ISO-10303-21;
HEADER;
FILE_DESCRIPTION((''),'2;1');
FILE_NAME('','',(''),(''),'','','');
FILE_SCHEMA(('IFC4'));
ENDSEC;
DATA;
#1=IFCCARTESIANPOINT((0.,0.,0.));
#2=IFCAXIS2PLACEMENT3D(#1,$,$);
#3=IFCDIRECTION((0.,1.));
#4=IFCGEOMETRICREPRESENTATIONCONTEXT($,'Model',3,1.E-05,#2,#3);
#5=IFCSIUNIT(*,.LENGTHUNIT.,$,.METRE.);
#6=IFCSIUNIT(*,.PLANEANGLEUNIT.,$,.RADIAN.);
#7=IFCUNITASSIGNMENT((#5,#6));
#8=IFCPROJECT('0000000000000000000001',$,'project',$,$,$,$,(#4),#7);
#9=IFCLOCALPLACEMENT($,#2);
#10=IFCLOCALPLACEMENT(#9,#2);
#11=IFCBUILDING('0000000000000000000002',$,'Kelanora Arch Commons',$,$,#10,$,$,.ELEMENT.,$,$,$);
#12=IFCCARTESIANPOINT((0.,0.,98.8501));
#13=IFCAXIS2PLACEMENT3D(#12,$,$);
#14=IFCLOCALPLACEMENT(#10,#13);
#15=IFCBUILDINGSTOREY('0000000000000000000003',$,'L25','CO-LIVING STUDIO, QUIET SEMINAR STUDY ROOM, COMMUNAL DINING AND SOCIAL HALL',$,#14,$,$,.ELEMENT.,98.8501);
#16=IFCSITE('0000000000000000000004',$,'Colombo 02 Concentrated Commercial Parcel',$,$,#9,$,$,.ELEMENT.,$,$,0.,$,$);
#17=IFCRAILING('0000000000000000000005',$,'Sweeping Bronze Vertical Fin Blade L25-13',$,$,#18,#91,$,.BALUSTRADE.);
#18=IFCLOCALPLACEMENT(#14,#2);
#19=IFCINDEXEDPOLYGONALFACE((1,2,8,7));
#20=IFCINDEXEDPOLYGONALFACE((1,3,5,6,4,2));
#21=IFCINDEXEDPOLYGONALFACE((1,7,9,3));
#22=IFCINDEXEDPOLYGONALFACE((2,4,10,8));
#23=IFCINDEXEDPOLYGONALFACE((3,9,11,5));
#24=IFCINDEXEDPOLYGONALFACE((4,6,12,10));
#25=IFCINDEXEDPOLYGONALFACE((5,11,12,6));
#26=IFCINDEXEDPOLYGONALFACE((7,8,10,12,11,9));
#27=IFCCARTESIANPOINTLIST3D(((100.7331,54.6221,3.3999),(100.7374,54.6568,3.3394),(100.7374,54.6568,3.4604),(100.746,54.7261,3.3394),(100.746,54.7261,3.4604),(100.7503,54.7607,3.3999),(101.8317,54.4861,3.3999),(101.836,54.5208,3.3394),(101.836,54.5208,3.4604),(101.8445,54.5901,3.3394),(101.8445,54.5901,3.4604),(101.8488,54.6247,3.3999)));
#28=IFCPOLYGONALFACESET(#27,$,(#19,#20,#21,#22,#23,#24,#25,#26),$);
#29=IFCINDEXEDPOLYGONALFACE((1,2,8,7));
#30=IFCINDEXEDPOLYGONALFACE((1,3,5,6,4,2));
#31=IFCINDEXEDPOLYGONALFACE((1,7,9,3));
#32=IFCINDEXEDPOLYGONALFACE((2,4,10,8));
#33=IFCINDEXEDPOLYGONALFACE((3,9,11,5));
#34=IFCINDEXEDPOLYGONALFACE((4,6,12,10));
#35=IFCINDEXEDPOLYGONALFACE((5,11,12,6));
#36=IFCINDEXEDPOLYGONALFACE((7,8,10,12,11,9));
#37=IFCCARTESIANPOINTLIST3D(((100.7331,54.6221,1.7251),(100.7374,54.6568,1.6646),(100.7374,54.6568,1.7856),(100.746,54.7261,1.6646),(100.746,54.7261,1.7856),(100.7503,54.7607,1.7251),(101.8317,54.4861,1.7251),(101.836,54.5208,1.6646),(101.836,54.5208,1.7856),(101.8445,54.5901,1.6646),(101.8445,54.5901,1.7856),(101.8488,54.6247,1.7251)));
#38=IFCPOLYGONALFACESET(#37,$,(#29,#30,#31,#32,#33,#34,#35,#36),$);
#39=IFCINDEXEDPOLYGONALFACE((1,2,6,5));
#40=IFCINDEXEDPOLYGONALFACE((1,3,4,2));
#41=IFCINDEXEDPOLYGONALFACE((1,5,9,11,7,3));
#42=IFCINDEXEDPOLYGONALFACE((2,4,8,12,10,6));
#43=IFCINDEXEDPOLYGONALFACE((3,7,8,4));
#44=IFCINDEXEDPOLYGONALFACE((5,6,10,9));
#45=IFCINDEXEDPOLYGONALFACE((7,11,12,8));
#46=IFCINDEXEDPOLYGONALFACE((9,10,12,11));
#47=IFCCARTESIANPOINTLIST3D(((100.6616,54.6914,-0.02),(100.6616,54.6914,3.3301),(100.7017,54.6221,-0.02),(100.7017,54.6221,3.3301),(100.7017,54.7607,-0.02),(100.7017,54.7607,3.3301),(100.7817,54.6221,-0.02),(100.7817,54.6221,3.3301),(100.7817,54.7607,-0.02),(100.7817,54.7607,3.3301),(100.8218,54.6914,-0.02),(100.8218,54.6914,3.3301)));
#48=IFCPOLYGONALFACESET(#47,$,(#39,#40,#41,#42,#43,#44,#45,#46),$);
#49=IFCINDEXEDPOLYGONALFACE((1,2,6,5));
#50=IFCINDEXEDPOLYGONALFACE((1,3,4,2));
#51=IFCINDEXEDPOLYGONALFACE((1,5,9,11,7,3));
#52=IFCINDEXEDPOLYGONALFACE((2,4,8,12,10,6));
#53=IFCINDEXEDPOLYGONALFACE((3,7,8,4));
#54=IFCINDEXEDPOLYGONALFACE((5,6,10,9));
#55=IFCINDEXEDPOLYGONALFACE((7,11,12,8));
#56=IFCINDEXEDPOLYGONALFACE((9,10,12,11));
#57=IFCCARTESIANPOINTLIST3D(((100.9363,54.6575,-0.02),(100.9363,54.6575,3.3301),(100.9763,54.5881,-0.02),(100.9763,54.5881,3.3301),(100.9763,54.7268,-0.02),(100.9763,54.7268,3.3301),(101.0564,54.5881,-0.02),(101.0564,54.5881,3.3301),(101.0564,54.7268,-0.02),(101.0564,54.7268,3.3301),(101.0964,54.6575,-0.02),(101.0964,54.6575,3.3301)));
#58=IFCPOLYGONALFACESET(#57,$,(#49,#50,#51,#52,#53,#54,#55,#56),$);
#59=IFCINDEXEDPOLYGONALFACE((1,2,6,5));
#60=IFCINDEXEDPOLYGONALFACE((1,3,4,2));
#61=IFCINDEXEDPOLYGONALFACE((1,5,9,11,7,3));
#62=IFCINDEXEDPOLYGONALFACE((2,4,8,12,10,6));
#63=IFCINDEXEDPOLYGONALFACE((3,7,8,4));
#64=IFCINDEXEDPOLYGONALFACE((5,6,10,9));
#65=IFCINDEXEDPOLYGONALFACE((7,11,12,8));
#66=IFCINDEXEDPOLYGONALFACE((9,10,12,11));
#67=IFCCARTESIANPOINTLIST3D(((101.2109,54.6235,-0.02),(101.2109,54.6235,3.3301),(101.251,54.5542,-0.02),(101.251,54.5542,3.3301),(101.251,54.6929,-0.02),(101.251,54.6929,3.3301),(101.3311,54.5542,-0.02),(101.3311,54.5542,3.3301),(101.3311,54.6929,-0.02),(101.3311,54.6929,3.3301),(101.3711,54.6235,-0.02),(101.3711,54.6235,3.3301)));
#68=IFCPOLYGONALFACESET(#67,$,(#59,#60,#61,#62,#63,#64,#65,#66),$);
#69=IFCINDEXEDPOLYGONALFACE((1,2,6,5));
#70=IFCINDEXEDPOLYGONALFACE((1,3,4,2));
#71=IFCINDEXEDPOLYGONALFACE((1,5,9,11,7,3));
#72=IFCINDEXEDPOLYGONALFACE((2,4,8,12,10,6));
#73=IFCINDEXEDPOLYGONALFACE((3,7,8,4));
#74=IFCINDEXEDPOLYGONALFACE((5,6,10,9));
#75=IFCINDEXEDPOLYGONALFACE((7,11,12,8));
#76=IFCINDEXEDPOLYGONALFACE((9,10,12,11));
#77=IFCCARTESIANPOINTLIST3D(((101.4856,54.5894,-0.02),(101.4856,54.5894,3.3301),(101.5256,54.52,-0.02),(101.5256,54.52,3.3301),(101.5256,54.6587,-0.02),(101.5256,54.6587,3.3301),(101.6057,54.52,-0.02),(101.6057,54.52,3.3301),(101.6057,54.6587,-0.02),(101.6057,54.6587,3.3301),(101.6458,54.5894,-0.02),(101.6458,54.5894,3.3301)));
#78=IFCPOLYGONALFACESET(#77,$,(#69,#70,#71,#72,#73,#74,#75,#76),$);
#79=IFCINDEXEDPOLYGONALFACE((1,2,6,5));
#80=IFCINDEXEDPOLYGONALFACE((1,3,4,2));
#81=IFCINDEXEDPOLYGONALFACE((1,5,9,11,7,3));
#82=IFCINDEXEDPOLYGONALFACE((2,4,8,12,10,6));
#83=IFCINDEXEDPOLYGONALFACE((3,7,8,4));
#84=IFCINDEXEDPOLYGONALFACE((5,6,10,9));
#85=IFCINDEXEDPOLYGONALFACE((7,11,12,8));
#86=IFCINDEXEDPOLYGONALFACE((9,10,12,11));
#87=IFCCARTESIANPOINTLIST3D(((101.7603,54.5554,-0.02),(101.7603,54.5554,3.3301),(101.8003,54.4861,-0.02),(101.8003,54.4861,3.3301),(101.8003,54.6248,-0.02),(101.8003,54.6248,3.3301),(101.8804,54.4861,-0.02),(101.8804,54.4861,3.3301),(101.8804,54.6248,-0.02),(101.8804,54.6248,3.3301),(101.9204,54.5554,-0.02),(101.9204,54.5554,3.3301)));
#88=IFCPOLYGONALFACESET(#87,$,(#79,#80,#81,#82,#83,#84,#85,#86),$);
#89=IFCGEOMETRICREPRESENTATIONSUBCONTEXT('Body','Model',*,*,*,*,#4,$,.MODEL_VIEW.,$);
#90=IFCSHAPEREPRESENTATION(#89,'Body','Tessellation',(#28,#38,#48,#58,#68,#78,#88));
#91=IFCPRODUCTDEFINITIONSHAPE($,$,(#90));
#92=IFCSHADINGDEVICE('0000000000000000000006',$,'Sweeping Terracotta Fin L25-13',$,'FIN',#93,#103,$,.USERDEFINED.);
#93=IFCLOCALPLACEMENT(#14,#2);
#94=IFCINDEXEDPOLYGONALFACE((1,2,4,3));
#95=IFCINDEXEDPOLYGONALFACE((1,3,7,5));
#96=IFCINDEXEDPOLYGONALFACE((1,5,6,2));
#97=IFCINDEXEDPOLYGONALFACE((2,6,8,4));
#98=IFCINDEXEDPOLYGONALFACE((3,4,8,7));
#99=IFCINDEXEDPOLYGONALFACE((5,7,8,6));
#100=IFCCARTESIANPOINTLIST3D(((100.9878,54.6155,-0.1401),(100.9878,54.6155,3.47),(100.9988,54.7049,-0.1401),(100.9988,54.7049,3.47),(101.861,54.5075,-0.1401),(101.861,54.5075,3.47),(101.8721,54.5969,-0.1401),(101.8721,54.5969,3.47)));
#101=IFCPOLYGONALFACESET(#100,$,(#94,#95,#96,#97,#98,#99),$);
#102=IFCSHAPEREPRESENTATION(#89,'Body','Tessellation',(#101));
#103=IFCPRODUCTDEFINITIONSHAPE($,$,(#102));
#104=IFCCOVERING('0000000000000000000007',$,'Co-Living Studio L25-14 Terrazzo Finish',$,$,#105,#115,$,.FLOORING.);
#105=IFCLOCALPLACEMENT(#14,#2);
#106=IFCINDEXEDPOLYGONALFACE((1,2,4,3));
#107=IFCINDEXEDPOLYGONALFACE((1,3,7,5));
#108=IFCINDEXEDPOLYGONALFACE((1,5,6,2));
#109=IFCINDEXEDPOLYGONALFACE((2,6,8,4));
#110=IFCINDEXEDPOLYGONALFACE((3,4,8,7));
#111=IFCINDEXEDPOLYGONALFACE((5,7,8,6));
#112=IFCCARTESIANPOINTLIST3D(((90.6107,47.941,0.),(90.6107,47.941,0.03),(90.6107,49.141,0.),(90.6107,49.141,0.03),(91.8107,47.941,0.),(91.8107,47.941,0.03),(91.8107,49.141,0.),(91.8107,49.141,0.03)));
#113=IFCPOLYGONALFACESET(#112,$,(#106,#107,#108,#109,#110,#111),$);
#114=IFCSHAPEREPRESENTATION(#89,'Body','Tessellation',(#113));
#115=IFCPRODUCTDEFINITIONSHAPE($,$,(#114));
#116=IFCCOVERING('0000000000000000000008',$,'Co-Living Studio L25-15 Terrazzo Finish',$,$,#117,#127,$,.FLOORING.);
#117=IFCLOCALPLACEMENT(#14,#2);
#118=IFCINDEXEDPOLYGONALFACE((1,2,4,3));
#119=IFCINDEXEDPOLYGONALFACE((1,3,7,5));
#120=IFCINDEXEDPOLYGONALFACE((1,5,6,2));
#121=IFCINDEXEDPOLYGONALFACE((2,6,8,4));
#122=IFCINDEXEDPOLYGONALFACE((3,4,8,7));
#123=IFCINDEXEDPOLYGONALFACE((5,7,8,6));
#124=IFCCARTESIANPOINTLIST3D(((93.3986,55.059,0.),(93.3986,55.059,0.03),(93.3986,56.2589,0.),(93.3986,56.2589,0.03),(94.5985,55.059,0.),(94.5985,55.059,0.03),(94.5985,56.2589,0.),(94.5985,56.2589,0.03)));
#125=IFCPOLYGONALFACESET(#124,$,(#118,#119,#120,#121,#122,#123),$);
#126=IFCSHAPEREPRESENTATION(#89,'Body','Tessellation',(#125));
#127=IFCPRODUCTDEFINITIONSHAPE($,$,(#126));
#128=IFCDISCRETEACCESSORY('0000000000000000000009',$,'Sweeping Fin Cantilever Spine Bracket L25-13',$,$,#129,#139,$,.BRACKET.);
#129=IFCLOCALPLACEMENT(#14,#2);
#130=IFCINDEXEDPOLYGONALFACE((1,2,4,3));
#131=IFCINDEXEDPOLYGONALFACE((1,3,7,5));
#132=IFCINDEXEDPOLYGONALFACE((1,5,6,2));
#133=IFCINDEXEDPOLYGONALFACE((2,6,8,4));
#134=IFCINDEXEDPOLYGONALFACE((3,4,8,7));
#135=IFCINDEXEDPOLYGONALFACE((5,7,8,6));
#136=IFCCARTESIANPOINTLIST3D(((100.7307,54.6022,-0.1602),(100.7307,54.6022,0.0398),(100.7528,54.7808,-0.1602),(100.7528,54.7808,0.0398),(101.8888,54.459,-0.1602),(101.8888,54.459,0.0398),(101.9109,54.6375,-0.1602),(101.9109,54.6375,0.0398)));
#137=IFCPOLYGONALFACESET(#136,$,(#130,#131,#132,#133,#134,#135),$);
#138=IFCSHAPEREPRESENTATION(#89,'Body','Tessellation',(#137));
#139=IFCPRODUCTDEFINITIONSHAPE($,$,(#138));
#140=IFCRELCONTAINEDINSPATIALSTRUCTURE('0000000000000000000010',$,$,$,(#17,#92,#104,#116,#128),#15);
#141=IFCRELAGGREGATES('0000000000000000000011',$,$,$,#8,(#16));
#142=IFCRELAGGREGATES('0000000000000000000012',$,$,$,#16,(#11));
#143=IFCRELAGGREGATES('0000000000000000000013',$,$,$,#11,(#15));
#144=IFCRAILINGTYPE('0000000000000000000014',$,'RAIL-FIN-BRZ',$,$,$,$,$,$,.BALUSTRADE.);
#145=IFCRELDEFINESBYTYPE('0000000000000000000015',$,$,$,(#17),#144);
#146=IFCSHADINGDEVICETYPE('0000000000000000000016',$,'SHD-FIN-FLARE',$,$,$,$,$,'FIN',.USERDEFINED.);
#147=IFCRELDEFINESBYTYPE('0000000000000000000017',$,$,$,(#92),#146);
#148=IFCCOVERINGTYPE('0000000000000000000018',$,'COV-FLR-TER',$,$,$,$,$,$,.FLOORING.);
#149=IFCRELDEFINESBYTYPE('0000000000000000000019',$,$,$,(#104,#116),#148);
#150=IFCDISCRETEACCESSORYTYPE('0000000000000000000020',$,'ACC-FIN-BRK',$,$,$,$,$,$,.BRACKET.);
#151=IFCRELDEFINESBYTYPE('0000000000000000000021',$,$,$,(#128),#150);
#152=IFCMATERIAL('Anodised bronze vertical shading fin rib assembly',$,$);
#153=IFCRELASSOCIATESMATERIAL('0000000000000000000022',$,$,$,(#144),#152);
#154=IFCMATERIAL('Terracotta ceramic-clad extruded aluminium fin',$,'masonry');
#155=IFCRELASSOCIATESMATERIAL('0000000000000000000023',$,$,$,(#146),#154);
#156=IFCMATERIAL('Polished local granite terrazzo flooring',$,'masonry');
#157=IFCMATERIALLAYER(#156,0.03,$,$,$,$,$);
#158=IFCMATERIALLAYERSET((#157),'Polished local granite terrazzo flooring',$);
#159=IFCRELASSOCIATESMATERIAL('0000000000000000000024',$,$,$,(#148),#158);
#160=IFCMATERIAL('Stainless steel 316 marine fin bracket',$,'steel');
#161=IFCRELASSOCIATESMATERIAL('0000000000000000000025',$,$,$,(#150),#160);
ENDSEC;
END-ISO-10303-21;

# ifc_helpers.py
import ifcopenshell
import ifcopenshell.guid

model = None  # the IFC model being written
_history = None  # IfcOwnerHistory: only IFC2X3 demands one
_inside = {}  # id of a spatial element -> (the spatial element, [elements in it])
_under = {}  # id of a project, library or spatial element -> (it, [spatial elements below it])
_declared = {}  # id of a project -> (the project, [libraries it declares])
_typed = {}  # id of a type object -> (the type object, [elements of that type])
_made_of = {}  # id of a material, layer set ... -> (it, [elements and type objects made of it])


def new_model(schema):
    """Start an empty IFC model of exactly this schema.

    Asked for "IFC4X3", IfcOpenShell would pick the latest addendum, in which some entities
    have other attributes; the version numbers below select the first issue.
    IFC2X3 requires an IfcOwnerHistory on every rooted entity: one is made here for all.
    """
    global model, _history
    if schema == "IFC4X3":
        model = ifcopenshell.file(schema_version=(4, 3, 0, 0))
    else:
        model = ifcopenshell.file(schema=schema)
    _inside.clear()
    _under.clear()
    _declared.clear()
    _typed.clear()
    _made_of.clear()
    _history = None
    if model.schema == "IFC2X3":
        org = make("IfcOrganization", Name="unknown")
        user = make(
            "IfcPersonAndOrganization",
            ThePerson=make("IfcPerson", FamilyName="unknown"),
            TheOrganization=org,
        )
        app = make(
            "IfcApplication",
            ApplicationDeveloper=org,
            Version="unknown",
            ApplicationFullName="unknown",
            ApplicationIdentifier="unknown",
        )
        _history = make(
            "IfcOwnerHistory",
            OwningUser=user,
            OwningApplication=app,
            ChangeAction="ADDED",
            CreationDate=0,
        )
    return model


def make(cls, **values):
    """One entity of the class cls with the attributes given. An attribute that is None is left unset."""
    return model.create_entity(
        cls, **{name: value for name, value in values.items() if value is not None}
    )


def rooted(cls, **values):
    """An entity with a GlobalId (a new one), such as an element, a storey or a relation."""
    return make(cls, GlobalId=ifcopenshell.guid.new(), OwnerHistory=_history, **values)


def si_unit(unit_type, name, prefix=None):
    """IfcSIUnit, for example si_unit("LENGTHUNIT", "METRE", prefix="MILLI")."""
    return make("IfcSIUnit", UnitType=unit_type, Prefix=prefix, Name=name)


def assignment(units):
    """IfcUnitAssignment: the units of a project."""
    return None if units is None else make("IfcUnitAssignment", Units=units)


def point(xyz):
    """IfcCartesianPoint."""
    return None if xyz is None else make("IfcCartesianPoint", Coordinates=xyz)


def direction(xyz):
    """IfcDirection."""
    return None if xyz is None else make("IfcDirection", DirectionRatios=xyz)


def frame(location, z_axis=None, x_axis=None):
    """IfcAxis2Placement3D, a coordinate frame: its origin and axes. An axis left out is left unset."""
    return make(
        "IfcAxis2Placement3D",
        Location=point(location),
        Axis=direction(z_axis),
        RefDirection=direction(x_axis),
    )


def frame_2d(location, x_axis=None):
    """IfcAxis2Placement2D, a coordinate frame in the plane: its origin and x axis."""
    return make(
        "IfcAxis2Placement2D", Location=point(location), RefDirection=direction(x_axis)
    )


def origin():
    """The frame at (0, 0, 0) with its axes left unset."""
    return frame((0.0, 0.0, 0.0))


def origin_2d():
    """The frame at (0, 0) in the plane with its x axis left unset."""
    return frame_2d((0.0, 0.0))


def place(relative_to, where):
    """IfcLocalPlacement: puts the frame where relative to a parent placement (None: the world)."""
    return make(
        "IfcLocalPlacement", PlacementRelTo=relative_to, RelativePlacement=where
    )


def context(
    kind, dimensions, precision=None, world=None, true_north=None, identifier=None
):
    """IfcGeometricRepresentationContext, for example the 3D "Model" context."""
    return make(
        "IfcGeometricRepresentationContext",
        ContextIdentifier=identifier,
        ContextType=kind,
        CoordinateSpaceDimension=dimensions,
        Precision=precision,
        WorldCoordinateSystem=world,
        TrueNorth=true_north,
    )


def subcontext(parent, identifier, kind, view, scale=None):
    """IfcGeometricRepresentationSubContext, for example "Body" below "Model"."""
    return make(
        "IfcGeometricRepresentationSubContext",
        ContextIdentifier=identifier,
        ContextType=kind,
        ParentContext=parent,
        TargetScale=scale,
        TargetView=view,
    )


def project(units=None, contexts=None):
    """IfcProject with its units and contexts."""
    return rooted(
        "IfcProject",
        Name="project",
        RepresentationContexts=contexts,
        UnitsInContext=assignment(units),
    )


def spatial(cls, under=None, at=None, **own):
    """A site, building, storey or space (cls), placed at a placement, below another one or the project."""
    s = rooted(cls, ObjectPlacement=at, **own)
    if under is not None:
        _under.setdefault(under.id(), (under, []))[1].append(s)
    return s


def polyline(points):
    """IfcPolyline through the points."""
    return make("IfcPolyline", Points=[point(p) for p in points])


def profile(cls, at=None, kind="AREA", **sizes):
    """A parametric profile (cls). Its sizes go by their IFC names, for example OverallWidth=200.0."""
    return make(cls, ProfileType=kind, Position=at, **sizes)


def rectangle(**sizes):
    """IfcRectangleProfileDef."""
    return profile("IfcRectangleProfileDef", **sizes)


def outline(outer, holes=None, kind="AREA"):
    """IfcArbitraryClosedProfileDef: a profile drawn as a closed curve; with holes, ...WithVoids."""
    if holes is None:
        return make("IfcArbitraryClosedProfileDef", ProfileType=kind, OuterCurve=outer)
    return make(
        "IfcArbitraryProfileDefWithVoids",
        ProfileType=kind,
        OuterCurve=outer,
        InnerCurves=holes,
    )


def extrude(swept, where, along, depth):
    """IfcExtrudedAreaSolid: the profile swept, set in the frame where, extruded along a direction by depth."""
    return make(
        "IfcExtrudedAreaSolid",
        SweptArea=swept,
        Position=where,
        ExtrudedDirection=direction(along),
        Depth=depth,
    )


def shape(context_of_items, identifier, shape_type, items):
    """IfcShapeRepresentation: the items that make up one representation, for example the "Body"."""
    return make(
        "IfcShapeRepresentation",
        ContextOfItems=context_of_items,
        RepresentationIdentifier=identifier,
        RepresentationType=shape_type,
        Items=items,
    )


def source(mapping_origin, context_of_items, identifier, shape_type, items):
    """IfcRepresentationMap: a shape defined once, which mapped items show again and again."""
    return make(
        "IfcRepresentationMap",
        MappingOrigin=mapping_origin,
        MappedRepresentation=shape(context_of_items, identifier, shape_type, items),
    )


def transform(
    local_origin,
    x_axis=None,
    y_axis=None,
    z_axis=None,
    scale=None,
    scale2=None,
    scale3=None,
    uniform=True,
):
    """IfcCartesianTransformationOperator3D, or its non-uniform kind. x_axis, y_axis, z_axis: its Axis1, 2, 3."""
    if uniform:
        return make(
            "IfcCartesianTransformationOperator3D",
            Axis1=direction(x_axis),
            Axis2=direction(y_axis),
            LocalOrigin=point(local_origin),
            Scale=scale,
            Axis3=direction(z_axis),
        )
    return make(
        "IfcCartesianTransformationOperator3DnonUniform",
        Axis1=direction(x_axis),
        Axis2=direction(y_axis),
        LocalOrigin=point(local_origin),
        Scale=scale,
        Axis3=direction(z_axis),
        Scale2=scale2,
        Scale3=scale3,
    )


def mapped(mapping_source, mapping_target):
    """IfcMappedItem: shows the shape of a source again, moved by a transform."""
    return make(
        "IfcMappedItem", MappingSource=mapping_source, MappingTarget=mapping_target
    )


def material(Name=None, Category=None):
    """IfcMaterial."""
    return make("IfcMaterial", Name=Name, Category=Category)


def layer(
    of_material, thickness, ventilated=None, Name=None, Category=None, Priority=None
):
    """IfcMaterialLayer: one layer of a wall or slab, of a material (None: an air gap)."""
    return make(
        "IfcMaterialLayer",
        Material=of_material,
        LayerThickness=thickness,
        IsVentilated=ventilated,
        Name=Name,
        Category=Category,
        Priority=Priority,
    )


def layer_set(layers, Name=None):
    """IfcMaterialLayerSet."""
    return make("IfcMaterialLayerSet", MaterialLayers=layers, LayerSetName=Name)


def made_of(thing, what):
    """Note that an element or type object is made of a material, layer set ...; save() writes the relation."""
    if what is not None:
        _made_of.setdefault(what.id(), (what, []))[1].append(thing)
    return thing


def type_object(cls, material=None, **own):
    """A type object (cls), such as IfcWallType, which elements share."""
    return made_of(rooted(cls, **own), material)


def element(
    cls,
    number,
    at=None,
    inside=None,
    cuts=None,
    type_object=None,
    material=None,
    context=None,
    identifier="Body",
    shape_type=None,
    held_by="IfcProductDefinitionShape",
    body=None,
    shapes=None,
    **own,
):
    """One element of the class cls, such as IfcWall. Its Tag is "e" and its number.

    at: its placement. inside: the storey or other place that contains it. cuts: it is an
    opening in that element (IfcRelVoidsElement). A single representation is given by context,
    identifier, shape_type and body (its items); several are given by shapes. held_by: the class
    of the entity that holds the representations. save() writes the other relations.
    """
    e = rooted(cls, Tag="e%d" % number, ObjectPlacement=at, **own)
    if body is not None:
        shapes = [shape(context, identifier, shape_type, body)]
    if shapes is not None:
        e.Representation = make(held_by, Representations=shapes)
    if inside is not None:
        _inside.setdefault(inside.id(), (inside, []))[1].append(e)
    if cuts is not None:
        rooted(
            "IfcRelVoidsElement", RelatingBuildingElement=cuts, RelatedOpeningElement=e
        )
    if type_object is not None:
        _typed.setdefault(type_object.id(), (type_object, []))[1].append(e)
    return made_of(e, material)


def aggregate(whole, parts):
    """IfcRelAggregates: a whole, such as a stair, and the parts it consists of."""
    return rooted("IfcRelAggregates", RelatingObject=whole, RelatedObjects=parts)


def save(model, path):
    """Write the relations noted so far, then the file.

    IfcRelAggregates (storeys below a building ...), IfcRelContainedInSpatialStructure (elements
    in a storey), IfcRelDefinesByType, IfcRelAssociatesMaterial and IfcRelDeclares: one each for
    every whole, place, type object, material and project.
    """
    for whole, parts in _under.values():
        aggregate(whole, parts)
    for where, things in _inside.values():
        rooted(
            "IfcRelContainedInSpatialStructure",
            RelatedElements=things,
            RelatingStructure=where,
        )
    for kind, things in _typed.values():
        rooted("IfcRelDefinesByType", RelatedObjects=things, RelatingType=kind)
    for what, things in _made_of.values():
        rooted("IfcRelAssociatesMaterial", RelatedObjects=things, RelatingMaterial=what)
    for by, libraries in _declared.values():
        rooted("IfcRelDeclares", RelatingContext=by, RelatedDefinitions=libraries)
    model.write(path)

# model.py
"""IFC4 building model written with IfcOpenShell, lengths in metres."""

from ifc_helpers import new_model, si_unit, direction, frame, origin, origin_2d, place, context, subcontext, project, spatial, polyline, rectangle, outline, extrude, source, transform, mapped, material, layer, layer_set, type_object, element, save


model = new_model("IFC4")

# Units and contexts
model_context = context("Model", 3, precision=1e-05, world=origin(), true_north=direction((0.0, 1.0)))
body_context = subcontext(model_context, "Body", "Model", "MODEL_VIEW")
ifc_project = project(units=[si_unit("LENGTHUNIT", "METRE"), si_unit("PLANEANGLEUNIT", "RADIAN")], contexts=[model_context])

# Site, building, storey
site_placement = place(None, origin())
site = spatial("IfcSite", under=ifc_project, at=site_placement, Name="Colombo 02 Concentrated Commercial Parcel", CompositionType="ELEMENT", RefElevation=0.0)
building_placement = place(site_placement, origin())
building = spatial("IfcBuilding", under=site, at=building_placement, Name="Kelanora Arch Commons", CompositionType="ELEMENT")
storey_placement = place(building_placement, frame((0.0, 0.0, 98.8501)))
storey = spatial("IfcBuildingStorey", under=building, at=storey_placement, Name="L25", Description="CO-LIVING STUDIO, QUIET SEMINAR STUDY ROOM, COMMUNAL DINING AND SOCIAL HALL", CompositionType="ELEMENT", Elevation=98.8501)

# Railing
ifc_material_1 = material(Name="Anodised bronze vertical shading fin rib assembly")
railing_type = type_object("IfcRailingType", Name="RAIL-FIN-BRZ", PredefinedType="BALUSTRADE", material=ifc_material_1)
railing_placement = place(storey_placement, frame((100.7417, 54.6914, -0.02)))
element("IfcRailing", 1, at=railing_placement, inside=storey, type_object=railing_type, Name="Sweeping Bronze Vertical Fin Blade L25-13", PredefinedType="BALUSTRADE", context=body_context, shape_type="SweptSolid", body=[
    extrude(outline(polyline([(0.0698, 0.0), (0.0349, 0.0605), (-0.0349, 0.0605), (-0.0698, 0.0), (-0.0349, -0.0605), (0.0349, -0.0605), (0.0698, 0.0)])), frame((0.0, 0.0, 3.4199), z_axis=(0.992426, -0.12284, 0.0), x_axis=(0.12284, 0.992426, 0.0)), (0.0, 0.0, 1.0), 1.1069),
    extrude(outline(polyline([(0.0698, 0.0), (0.0349, 0.0605), (-0.0349, 0.0605), (-0.0698, 0.0), (-0.0349, -0.0605), (0.0349, -0.0605), (0.0698, 0.0)])), frame((0.0, 0.0, 1.7451), z_axis=(0.992426, -0.12284, 0.0), x_axis=(0.12284, 0.992426, 0.0)), (0.0, 0.0, 1.0), 1.1069),
    extrude(outline(polyline([(0.0801, 0.0), (0.04, 0.0693), (-0.04, 0.0693), (-0.0801, 0.0), (-0.04, -0.0693), (0.04, -0.0693), (0.0801, 0.0)])), origin(), (0.0, 0.0, 1.0), 3.3501),
    extrude(outline(polyline([(0.0801, 0.0), (0.04, 0.0693), (-0.04, 0.0693), (-0.0801, 0.0), (-0.04, -0.0693), (0.04, -0.0693), (0.0801, 0.0)])), frame((0.2747, -0.0339, 0.0)), (0.0, 0.0, 1.0), 3.3501),
    extrude(outline(polyline([(0.0801, 0.0), (0.04, 0.0693), (-0.04, 0.0693), (-0.0801, 0.0), (-0.04, -0.0693), (0.04, -0.0693), (0.0801, 0.0)])), frame((0.5493, -0.0679, 0.0)), (0.0, 0.0, 1.0), 3.3501),
    extrude(outline(polyline([(0.0801, 0.0), (0.04, 0.0693), (-0.04, 0.0693), (-0.0801, 0.0), (-0.04, -0.0693), (0.04, -0.0693), (0.0801, 0.0)])), frame((0.824, -0.1021, 0.0)), (0.0, 0.0, 1.0), 3.3501),
    extrude(outline(polyline([(0.0801, 0.0), (0.04, 0.0693), (-0.04, 0.0693), (-0.0801, 0.0), (-0.04, -0.0693), (0.04, -0.0693), (0.0801, 0.0)])), frame((1.0986, -0.136, 0.0)), (0.0, 0.0, 1.0), 3.3501),
])

# Shading device
ifc_material_2 = material(Name="Terracotta ceramic-clad extruded aluminium fin", Category="masonry")
shading_device_type = type_object("IfcShadingDeviceType", Name="SHD-FIN-FLARE", ElementType="FIN", PredefinedType="USERDEFINED", material=ifc_material_2)
shared_shape_1 = source(origin(), body_context, "Body", "SweptSolid", [
    extrude(rectangle(XDim=0.8799, YDim=0.0901, at=origin_2d()), origin(), (0.0, 0.0, 1.0), 3.6101),
])
shading_device_placement = place(storey_placement, frame((101.4299, 54.6062, -0.1401), z_axis=(0.0, 0.0, 1.0), x_axis=(0.992439, -0.122735, 0.0)))
element("IfcShadingDevice", 2, at=shading_device_placement, inside=storey, type_object=shading_device_type, Name="Sweeping Terracotta Fin L25-13", ObjectType="FIN", PredefinedType="USERDEFINED", context=body_context, shape_type="MappedRepresentation", body=[
    mapped(shared_shape_1, transform((0.0, 0.0, 0.0), scale=1.0)),
])

# Coverings
ifc_material_3 = material(Name="Polished local granite terrazzo flooring", Category="masonry")
ifc_layer_1 = layer(ifc_material_3, 0.03)
ifc_layer_set_1 = layer_set([ifc_layer_1], Name="Polished local granite terrazzo flooring")
covering_type = type_object("IfcCoveringType", Name="COV-FLR-TER", PredefinedType="FLOORING", material=ifc_layer_set_1)
shared_shape_2 = source(origin(), body_context, "Body", "SweptSolid", [
    extrude(rectangle(XDim=1.2, YDim=1.2, at=origin_2d()), origin(), (0.0, 0.0, 1.0), 0.03),
])
for number, where, z_axis, x_axis, name in (
    (3, (91.2107, 48.541, 0.0), (0.0, 0.0, 1.0), (1.0, 0.0, 0.0), "Co-Living Studio L25-14 Terrazzo Finish"),
    (4, (93.9985, 55.6589, 0.0), (0.0, 0.0, 1.0), (1.0, 0.0, 0.0), "Co-Living Studio L25-15 Terrazzo Finish"),
):
    element("IfcCovering", number, at=place(storey_placement, frame(where, z_axis=z_axis, x_axis=x_axis)), inside=storey, type_object=covering_type, Name=name, PredefinedType="FLOORING", context=body_context, shape_type="MappedRepresentation", body=[
        mapped(shared_shape_2, transform((0.0, 0.0, 0.0), scale=1.0)),
    ])

# Discrete accessory
ifc_material_4 = material(Name="Stainless steel 316 marine fin bracket", Category="steel")
discrete_accessory_type = type_object("IfcDiscreteAccessoryType", Name="ACC-FIN-BRK", PredefinedType="BRACKET", material=ifc_material_4)
shared_shape_3 = source(origin(), body_context, "Body", "SweptSolid", [
    extrude(rectangle(XDim=1.167, YDim=0.1799, at=origin_2d()), origin(), (0.0, 0.0, 1.0), 0.2),
])
discrete_accessory_placement = place(storey_placement, frame((101.3208, 54.6199, -0.1602), z_axis=(0.0, 0.0, 1.0), x_axis=(0.992439, -0.122735, 0.0)))
element("IfcDiscreteAccessory", 5, at=discrete_accessory_placement, inside=storey, type_object=discrete_accessory_type, Name="Sweeping Fin Cantilever Spine Bracket L25-13", PredefinedType="BRACKET", context=body_context, shape_type="MappedRepresentation", body=[
    mapped(shared_shape_3, transform((0.0, 0.0, 0.0), scale=1.0)),
])

save(model, "model.ifc")
